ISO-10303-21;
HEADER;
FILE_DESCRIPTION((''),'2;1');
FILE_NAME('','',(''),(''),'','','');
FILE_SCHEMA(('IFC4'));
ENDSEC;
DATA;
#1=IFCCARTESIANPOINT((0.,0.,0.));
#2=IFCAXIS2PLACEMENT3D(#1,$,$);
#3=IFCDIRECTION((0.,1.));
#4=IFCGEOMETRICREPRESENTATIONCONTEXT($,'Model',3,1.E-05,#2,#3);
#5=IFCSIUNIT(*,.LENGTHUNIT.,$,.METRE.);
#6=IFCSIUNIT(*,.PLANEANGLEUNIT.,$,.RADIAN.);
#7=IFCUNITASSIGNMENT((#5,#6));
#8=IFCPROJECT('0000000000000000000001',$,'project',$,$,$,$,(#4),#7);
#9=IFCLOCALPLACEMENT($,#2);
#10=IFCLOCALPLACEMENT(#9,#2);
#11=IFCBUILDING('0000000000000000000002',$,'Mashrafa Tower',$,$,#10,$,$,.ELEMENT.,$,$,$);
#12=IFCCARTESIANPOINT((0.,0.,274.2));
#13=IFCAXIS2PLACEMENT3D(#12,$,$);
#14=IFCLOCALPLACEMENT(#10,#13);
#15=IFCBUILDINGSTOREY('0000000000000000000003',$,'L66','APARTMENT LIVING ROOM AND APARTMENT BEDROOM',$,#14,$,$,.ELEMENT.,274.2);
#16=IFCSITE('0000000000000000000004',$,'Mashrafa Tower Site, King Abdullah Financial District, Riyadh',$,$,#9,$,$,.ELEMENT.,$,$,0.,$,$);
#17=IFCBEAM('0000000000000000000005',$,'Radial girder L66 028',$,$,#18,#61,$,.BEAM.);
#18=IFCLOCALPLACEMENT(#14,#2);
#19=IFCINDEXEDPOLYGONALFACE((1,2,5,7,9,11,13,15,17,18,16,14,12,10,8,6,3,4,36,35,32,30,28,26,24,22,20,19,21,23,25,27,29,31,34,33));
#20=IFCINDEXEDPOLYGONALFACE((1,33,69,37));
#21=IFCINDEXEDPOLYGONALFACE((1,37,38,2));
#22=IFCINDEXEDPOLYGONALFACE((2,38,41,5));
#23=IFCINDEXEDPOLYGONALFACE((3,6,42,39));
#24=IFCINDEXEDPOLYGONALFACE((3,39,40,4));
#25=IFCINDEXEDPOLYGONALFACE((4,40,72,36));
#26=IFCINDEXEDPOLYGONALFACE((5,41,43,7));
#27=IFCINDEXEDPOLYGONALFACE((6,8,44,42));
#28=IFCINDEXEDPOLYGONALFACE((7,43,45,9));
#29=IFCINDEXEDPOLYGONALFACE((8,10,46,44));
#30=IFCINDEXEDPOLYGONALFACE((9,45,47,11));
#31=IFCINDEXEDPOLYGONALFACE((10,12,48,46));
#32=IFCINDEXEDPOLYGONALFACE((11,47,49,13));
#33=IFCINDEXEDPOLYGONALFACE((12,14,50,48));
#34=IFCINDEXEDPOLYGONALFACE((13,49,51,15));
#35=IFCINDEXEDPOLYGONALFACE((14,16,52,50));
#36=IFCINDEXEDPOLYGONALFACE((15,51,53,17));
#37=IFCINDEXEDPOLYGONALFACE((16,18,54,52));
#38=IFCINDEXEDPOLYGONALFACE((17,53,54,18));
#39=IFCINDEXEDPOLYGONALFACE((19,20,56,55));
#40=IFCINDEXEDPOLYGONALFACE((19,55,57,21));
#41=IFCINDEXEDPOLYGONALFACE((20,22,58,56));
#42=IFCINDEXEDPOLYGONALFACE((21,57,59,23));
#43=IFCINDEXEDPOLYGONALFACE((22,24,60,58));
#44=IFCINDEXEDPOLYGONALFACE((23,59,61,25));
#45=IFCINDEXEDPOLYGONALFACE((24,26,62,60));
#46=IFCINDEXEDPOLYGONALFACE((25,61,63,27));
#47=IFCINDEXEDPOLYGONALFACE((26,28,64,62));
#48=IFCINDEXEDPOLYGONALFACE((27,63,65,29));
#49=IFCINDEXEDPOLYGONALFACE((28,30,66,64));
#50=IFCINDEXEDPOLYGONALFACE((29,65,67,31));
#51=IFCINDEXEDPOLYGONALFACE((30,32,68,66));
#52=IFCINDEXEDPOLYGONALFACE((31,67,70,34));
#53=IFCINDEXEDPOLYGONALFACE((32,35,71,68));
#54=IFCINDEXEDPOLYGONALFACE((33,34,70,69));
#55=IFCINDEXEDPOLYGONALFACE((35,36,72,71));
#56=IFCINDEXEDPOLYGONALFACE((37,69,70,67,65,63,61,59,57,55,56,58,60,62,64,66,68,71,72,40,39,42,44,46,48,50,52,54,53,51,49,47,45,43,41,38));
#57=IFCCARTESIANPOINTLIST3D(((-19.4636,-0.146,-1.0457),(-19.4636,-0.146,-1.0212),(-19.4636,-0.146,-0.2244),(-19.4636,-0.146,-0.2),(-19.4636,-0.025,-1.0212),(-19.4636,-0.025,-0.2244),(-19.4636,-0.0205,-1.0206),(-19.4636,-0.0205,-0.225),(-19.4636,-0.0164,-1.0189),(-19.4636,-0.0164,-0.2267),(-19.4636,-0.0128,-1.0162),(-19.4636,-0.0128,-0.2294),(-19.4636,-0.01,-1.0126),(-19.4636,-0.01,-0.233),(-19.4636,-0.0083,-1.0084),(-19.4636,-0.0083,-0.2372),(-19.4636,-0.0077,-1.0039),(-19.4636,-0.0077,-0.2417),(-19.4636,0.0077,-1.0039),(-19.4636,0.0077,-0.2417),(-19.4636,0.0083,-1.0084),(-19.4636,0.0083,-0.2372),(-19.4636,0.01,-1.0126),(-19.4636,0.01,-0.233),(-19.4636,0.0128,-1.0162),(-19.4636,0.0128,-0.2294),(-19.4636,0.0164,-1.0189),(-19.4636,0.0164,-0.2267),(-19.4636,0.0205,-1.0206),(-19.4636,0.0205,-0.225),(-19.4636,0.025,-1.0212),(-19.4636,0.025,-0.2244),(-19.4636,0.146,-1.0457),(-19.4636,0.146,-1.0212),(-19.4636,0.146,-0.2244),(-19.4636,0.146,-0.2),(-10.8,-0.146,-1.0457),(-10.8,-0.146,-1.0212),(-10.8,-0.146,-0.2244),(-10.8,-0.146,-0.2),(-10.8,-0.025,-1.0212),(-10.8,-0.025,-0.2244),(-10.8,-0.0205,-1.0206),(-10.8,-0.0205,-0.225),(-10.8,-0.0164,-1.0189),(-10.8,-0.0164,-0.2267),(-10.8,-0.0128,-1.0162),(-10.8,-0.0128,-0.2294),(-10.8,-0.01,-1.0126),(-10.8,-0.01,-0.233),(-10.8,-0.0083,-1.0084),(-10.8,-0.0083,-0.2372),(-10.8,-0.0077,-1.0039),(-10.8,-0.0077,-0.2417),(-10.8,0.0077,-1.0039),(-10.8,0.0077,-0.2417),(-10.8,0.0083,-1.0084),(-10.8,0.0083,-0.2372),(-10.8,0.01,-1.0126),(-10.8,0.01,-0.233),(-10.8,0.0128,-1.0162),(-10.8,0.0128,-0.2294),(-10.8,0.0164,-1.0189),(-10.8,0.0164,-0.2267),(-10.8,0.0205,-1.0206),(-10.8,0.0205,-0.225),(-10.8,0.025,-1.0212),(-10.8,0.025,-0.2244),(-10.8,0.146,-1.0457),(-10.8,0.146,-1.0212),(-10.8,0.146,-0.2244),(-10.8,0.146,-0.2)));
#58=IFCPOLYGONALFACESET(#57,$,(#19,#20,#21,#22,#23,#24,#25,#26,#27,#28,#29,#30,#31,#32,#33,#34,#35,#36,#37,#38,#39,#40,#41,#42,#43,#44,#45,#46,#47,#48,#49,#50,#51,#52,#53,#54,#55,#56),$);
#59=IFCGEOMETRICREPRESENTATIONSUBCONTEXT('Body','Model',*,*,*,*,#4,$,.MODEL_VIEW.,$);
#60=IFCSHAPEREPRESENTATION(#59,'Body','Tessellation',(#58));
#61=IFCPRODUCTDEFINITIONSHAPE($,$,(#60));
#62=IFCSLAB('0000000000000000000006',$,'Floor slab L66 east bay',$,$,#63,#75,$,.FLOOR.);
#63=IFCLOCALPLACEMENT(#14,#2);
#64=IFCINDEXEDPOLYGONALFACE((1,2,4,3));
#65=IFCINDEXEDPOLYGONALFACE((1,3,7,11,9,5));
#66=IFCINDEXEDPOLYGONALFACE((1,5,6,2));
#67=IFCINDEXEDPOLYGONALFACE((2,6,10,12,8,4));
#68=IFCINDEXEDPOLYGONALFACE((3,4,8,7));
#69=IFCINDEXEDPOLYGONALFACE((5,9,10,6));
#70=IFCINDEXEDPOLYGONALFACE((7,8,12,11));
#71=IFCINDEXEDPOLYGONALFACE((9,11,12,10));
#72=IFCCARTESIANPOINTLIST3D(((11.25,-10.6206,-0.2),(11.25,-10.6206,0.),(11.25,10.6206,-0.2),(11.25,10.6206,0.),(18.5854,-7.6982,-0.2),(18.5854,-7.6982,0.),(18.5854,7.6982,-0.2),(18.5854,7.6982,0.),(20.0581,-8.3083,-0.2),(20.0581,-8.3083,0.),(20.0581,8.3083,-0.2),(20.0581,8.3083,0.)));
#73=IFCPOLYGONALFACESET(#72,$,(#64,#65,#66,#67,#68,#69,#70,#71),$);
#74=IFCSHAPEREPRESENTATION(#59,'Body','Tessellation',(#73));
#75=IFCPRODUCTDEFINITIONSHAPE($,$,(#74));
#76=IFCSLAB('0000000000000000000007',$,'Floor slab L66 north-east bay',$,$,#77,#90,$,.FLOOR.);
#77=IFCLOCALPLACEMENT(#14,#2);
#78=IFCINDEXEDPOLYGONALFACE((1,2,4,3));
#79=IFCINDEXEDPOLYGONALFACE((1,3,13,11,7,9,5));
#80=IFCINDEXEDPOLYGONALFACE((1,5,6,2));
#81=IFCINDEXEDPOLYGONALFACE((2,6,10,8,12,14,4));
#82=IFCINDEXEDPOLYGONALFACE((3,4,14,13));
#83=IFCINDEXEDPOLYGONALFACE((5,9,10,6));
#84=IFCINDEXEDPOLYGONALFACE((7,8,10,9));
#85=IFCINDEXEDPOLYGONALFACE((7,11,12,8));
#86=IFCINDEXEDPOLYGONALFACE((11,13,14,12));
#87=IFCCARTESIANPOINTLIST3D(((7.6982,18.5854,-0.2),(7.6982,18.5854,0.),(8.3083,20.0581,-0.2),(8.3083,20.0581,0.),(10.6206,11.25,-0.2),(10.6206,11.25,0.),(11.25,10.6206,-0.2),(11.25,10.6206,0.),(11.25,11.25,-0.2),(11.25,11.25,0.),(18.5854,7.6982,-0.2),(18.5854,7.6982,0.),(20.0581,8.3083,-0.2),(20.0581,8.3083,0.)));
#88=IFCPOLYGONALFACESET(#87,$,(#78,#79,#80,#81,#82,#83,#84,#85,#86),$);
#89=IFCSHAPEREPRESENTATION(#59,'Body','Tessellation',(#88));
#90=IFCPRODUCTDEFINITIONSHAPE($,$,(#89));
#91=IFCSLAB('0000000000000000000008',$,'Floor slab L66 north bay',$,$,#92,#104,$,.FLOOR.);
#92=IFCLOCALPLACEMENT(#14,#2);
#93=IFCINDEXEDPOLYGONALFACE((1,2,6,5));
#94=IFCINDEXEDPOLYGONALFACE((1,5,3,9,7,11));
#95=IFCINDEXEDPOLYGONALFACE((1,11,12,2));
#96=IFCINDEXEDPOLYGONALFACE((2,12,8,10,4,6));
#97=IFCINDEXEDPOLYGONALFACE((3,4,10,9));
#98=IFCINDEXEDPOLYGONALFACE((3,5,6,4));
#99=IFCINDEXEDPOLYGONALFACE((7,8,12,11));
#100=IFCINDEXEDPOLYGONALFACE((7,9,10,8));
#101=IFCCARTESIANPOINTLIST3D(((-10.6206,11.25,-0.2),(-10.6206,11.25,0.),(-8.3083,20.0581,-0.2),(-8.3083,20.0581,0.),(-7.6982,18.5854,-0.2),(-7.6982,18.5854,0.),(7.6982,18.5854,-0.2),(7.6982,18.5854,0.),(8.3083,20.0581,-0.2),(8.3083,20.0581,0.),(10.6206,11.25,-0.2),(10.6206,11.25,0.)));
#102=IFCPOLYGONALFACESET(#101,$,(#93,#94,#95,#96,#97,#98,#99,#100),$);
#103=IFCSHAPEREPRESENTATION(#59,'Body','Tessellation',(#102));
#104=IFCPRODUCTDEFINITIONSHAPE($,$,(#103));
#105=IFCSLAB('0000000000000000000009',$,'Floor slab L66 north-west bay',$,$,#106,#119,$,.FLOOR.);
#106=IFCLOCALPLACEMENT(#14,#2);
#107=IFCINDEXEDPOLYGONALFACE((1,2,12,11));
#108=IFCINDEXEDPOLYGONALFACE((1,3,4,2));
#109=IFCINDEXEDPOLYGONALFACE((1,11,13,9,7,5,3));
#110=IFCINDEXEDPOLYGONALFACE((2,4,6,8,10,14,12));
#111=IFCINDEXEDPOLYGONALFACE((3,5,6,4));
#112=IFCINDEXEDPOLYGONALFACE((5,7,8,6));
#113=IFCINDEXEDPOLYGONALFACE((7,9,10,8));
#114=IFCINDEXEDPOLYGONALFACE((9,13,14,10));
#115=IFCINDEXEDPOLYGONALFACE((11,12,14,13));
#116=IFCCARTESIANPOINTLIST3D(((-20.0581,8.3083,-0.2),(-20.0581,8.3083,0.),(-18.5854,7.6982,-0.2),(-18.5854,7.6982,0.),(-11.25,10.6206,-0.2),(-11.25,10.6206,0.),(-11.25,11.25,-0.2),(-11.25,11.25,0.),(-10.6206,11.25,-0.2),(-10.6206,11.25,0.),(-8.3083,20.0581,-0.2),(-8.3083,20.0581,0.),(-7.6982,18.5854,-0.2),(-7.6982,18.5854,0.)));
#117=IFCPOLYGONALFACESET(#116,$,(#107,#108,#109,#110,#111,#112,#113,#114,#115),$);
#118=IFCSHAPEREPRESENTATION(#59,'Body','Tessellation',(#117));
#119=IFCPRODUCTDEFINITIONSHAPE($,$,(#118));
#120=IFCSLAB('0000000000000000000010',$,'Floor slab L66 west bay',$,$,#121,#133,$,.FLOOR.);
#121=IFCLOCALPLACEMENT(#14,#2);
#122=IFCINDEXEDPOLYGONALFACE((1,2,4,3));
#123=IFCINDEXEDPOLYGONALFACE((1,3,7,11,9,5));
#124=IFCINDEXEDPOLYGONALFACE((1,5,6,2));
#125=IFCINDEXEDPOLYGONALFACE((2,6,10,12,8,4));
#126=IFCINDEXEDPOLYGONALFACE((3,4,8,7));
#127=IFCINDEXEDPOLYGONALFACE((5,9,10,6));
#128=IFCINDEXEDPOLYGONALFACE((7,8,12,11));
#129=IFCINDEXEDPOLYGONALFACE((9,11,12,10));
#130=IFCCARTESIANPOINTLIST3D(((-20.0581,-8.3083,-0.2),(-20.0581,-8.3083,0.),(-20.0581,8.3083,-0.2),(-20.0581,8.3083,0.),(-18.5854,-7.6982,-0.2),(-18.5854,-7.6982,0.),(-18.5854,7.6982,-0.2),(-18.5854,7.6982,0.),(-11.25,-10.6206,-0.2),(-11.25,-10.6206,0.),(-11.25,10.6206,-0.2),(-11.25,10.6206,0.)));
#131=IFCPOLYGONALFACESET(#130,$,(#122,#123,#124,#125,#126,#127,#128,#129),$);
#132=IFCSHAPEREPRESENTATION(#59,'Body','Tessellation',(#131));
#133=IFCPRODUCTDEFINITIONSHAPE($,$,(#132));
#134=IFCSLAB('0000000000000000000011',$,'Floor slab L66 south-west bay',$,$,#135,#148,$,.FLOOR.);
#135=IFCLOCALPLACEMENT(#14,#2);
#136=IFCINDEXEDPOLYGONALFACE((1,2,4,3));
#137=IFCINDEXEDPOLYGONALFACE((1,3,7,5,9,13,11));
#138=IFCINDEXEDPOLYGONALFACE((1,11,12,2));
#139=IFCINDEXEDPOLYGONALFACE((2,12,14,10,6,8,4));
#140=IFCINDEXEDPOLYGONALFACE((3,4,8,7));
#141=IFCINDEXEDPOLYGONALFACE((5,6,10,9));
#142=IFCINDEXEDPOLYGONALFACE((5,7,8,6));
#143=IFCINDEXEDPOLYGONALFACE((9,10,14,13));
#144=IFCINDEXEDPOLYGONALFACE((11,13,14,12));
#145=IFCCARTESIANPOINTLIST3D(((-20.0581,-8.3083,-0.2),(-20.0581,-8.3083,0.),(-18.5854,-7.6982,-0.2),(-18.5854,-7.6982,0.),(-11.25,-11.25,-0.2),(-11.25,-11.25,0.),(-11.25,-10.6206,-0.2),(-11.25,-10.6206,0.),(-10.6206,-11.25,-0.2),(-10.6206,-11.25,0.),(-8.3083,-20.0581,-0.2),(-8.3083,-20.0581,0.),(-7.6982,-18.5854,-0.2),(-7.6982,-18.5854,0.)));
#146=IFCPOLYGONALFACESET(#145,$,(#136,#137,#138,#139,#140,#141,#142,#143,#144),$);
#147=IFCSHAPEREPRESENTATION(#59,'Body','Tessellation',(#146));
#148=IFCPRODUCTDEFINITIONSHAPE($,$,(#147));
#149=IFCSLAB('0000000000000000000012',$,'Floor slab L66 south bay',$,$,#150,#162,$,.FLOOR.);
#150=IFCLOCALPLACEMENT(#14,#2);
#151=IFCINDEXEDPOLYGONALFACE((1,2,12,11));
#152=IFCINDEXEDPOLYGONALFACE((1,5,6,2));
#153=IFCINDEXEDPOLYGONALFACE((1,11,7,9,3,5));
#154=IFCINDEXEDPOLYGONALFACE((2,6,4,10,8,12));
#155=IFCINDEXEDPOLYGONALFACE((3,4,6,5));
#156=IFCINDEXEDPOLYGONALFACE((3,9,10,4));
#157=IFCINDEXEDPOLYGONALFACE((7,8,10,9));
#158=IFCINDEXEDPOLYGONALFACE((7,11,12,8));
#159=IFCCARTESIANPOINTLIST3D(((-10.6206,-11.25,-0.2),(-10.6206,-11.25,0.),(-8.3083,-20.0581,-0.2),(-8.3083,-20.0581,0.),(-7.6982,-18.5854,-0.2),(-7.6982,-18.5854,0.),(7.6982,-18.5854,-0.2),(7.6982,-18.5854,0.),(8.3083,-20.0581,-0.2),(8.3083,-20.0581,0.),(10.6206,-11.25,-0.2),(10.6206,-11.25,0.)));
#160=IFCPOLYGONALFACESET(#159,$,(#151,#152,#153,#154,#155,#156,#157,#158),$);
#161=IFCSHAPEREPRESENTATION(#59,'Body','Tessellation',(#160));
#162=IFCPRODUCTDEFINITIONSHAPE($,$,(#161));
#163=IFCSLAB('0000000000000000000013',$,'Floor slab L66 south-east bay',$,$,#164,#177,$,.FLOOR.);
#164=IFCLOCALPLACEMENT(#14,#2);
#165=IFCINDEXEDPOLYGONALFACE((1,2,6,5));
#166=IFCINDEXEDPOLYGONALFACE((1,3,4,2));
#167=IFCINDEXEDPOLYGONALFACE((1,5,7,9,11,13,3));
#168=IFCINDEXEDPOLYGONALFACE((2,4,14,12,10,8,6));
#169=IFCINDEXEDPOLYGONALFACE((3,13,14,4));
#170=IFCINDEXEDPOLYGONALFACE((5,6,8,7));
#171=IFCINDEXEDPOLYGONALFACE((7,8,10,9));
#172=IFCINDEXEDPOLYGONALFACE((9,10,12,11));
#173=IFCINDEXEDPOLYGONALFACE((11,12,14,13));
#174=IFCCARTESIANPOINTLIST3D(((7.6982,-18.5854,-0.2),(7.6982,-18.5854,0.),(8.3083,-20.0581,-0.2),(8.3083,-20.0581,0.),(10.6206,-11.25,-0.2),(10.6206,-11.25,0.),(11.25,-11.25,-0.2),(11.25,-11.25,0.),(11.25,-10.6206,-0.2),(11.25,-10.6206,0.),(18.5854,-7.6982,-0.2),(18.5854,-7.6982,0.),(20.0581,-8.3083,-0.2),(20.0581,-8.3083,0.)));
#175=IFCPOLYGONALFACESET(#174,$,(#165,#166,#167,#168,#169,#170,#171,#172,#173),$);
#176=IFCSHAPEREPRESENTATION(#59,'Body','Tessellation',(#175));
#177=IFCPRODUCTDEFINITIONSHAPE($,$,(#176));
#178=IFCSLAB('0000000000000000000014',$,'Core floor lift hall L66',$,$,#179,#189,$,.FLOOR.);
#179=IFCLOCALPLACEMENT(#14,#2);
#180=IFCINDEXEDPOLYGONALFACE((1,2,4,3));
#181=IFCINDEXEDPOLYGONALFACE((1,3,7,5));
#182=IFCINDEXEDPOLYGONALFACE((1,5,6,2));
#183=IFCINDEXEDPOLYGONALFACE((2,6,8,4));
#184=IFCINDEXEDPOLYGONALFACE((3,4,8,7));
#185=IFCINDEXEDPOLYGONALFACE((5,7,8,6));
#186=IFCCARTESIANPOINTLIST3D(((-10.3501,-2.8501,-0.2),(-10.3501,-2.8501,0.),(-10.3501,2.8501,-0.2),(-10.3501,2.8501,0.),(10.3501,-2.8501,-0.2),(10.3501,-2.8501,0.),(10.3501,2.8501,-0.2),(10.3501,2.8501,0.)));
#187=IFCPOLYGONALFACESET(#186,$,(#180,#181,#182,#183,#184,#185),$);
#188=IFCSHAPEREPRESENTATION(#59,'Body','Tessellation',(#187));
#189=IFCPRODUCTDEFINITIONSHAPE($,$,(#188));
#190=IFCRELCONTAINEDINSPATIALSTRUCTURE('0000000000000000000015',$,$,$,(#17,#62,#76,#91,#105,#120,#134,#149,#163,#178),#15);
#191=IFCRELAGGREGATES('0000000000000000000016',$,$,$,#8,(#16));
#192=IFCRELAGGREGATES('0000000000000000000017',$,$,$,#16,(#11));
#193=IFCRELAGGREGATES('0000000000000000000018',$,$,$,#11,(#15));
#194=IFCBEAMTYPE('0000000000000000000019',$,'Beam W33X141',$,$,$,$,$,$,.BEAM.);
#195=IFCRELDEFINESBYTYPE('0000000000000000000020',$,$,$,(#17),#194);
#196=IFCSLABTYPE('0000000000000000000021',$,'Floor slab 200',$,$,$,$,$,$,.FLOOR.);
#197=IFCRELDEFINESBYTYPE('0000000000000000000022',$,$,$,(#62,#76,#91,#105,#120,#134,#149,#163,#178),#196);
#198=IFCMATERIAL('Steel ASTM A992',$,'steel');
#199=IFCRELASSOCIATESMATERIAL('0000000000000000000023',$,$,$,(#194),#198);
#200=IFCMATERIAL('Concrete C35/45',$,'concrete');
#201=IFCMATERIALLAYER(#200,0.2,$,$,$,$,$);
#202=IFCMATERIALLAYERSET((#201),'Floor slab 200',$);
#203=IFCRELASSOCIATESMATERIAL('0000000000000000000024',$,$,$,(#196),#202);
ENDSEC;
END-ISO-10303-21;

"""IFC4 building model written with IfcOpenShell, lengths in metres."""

from ifc_helpers import new_model, si_unit, direction, frame, origin, origin_2d, place, context, subcontext, project, spatial, polyline, i_section, outline, extrude, material, layer, layer_set, material_profile, profile_set, type_object, element, save


model = new_model("IFC4")

# Units and contexts
model_context = context("Model", 3, precision=1e-05, world=origin(), true_north=direction((0.0, 1.0)))
body_context = subcontext(model_context, "Body", "Model", "MODEL_VIEW")
ifc_project = project(units=[si_unit("LENGTHUNIT", "METRE"), si_unit("PLANEANGLEUNIT", "RADIAN")], contexts=[model_context])

# Site, building, storey
site_placement = place(None, origin())
site = spatial("IfcSite", under=ifc_project, at=site_placement, Name="Mashrafa Tower Site, King Abdullah Financial District, Riyadh", CompositionType="ELEMENT", RefElevation=0.0)
building_placement = place(site_placement, origin())
building = spatial("IfcBuilding", under=site, at=building_placement, Name="Mashrafa Tower", CompositionType="ELEMENT")
storey_placement = place(building_placement, frame((0.0, 0.0, 274.2)))
storey = spatial("IfcBuildingStorey", under=building, at=storey_placement, Name="L66", Description="APARTMENT LIVING ROOM AND APARTMENT BEDROOM", CompositionType="ELEMENT", Elevation=274.2)

# Beam
ifc_material_1 = material(Name="Steel ASTM A992", Category="steel")
ifc_material_profile = material_profile(ifc_material_1, i_section(OverallWidth=0.292, OverallDepth=0.8457, WebThickness=0.0154, FlangeThickness=0.0244, FilletRadius=0.0173, at=origin_2d()), Name="W33X141")
ifc_profile_set = profile_set([ifc_material_profile], Name="Steel ASTM A992")
beam_type = type_object("IfcBeamType", Name="Beam W33X141", PredefinedType="BEAM", material=ifc_profile_set)
beam_placement = place(storey_placement, frame((-10.8, 0.0, -0.6228), z_axis=(-1.0, 0.0, 0.0), x_axis=(0.0, -1.0, 0.0)))
element("IfcBeam", 1, at=beam_placement, inside=storey, type_object=beam_type, Name="Radial girder L66 028", PredefinedType="BEAM", context=body_context, shape_type="SweptSolid", body=[
    extrude(i_section(OverallWidth=0.292, OverallDepth=0.8457, WebThickness=0.0154, FlangeThickness=0.0244, FilletRadius=0.0173, at=origin_2d()), origin(), (0.0, 0.0, 1.0), 8.6636),
])

# Slabs
ifc_material_2 = material(Name="Concrete C35/45", Category="concrete")
ifc_layer_1 = layer(ifc_material_2, 0.2)
ifc_layer_set_1 = layer_set([ifc_layer_1], Name="Floor slab 200")
slab_type = type_object("IfcSlabType", Name="Floor slab 200", PredefinedType="FLOOR", material=ifc_layer_set_1)
slab_1_placement = place(storey_placement, frame((0.0, 0.0, -0.2)))
element("IfcSlab", 2, at=slab_1_placement, inside=storey, type_object=slab_type, Name="Floor slab L66 east bay", PredefinedType="FLOOR", context=body_context, shape_type="SweptSolid", body=[
    extrude(outline(polyline([(20.0581, -8.3083), (18.5854, -7.6982), (11.25, -10.6206), (11.25, 10.6206), (18.5854, 7.6982), (20.0581, 8.3083), (20.0581, -8.3083)])), origin(), (0.0, 0.0, 1.0), 0.2),
])
slab_2_placement = place(storey_placement, frame((0.0, 0.0, -0.2)))
element("IfcSlab", 3, at=slab_2_placement, inside=storey, type_object=slab_type, Name="Floor slab L66 north-east bay", PredefinedType="FLOOR", context=body_context, shape_type="SweptSolid", body=[
    extrude(outline(polyline([(8.3083, 20.0581), (20.0581, 8.3083), (20.0581, 8.3083), (18.5854, 7.6982), (11.25, 10.6206), (11.25, 11.25), (10.6206, 11.25), (7.6982, 18.5854), (8.3083, 20.0581), (8.3083, 20.0581)])), origin(), (0.0, 0.0, 1.0), 0.2),
])
slab_3_placement = place(storey_placement, frame((0.0, 0.0, -0.2)))
element("IfcSlab", 4, at=slab_3_placement, inside=storey, type_object=slab_type, Name="Floor slab L66 north bay", PredefinedType="FLOOR", context=body_context, shape_type="SweptSolid", body=[
    extrude(outline(polyline([(8.3083, 20.0581), (7.6982, 18.5854), (10.6206, 11.25), (-10.6206, 11.25), (-7.6982, 18.5854), (-8.3083, 20.0581), (8.3083, 20.0581)])), origin(), (0.0, 0.0, 1.0), 0.2),
])
slab_4_placement = place(storey_placement, frame((0.0, 0.0, -0.2)))
element("IfcSlab", 5, at=slab_4_placement, inside=storey, type_object=slab_type, Name="Floor slab L66 north-west bay", PredefinedType="FLOOR", context=body_context, shape_type="SweptSolid", body=[
    extrude(outline(polyline([(-20.0581, 8.3083), (-8.3083, 20.0581), (-8.3083, 20.0581), (-7.6982, 18.5854), (-10.6206, 11.25), (-11.25, 11.25), (-11.25, 10.6206), (-18.5854, 7.6982), (-20.0581, 8.3083), (-20.0581, 8.3083)])), origin(), (0.0, 0.0, 1.0), 0.2),
])
slab_5_placement = place(storey_placement, frame((0.0, 0.0, -0.2)))
element("IfcSlab", 6, at=slab_5_placement, inside=storey, type_object=slab_type, Name="Floor slab L66 west bay", PredefinedType="FLOOR", context=body_context, shape_type="SweptSolid", body=[
    extrude(outline(polyline([(-20.0581, 8.3083), (-18.5854, 7.6982), (-11.25, 10.6206), (-11.25, -10.6206), (-18.5854, -7.6982), (-20.0581, -8.3083), (-20.0581, 8.3083)])), origin(), (0.0, 0.0, 1.0), 0.2),
])
slab_6_placement = place(storey_placement, frame((0.0, 0.0, -0.2)))
element("IfcSlab", 7, at=slab_6_placement, inside=storey, type_object=slab_type, Name="Floor slab L66 south-west bay", PredefinedType="FLOOR", context=body_context, shape_type="SweptSolid", body=[
    extrude(outline(polyline([(-8.3083, -20.0581), (-20.0581, -8.3083), (-20.0581, -8.3083), (-18.5854, -7.6982), (-11.25, -10.6206), (-11.25, -11.25), (-10.6206, -11.25), (-7.6982, -18.5854), (-8.3083, -20.0581), (-8.3083, -20.0581)])), origin(), (0.0, 0.0, 1.0), 0.2),
])
slab_7_placement = place(storey_placement, frame((0.0, 0.0, -0.2)))
element("IfcSlab", 8, at=slab_7_placement, inside=storey, type_object=slab_type, Name="Floor slab L66 south bay", PredefinedType="FLOOR", context=body_context, shape_type="SweptSolid", body=[
    extrude(outline(polyline([(-8.3083, -20.0581), (-7.6982, -18.5854), (-10.6206, -11.25), (10.6206, -11.25), (7.6982, -18.5854), (8.3083, -20.0581), (-8.3083, -20.0581)])), origin(), (0.0, 0.0, 1.0), 0.2),
])
slab_8_placement = place(storey_placement, frame((0.0, 0.0, -0.2)))
element("IfcSlab", 9, at=slab_8_placement, inside=storey, type_object=slab_type, Name="Floor slab L66 south-east bay", PredefinedType="FLOOR", context=body_context, shape_type="SweptSolid", body=[
    extrude(outline(polyline([(8.3083, -20.0581), (7.6982, -18.5854), (10.6206, -11.25), (11.25, -11.25), (11.25, -10.6206), (18.5854, -7.6982), (20.0581, -8.3083), (20.0581, -8.3083), (8.3083, -20.0581), (8.3083, -20.0581)])), origin(), (0.0, 0.0, 1.0), 0.2),
])
slab_9_placement = place(storey_placement, frame((0.0, 0.0, -0.2)))
element("IfcSlab", 10, at=slab_9_placement, inside=storey, type_object=slab_type, Name="Core floor lift hall L66", PredefinedType="FLOOR", context=body_context, shape_type="SweptSolid", body=[
    extrude(outline(polyline([(-10.3501, 2.8501), (10.3501, 2.8501), (10.3501, -2.8501), (-10.3501, -2.8501), (-10.3501, 2.8501)])), origin(), (0.0, 0.0, 1.0), 0.2),
])

save(model, "model.ifc")
